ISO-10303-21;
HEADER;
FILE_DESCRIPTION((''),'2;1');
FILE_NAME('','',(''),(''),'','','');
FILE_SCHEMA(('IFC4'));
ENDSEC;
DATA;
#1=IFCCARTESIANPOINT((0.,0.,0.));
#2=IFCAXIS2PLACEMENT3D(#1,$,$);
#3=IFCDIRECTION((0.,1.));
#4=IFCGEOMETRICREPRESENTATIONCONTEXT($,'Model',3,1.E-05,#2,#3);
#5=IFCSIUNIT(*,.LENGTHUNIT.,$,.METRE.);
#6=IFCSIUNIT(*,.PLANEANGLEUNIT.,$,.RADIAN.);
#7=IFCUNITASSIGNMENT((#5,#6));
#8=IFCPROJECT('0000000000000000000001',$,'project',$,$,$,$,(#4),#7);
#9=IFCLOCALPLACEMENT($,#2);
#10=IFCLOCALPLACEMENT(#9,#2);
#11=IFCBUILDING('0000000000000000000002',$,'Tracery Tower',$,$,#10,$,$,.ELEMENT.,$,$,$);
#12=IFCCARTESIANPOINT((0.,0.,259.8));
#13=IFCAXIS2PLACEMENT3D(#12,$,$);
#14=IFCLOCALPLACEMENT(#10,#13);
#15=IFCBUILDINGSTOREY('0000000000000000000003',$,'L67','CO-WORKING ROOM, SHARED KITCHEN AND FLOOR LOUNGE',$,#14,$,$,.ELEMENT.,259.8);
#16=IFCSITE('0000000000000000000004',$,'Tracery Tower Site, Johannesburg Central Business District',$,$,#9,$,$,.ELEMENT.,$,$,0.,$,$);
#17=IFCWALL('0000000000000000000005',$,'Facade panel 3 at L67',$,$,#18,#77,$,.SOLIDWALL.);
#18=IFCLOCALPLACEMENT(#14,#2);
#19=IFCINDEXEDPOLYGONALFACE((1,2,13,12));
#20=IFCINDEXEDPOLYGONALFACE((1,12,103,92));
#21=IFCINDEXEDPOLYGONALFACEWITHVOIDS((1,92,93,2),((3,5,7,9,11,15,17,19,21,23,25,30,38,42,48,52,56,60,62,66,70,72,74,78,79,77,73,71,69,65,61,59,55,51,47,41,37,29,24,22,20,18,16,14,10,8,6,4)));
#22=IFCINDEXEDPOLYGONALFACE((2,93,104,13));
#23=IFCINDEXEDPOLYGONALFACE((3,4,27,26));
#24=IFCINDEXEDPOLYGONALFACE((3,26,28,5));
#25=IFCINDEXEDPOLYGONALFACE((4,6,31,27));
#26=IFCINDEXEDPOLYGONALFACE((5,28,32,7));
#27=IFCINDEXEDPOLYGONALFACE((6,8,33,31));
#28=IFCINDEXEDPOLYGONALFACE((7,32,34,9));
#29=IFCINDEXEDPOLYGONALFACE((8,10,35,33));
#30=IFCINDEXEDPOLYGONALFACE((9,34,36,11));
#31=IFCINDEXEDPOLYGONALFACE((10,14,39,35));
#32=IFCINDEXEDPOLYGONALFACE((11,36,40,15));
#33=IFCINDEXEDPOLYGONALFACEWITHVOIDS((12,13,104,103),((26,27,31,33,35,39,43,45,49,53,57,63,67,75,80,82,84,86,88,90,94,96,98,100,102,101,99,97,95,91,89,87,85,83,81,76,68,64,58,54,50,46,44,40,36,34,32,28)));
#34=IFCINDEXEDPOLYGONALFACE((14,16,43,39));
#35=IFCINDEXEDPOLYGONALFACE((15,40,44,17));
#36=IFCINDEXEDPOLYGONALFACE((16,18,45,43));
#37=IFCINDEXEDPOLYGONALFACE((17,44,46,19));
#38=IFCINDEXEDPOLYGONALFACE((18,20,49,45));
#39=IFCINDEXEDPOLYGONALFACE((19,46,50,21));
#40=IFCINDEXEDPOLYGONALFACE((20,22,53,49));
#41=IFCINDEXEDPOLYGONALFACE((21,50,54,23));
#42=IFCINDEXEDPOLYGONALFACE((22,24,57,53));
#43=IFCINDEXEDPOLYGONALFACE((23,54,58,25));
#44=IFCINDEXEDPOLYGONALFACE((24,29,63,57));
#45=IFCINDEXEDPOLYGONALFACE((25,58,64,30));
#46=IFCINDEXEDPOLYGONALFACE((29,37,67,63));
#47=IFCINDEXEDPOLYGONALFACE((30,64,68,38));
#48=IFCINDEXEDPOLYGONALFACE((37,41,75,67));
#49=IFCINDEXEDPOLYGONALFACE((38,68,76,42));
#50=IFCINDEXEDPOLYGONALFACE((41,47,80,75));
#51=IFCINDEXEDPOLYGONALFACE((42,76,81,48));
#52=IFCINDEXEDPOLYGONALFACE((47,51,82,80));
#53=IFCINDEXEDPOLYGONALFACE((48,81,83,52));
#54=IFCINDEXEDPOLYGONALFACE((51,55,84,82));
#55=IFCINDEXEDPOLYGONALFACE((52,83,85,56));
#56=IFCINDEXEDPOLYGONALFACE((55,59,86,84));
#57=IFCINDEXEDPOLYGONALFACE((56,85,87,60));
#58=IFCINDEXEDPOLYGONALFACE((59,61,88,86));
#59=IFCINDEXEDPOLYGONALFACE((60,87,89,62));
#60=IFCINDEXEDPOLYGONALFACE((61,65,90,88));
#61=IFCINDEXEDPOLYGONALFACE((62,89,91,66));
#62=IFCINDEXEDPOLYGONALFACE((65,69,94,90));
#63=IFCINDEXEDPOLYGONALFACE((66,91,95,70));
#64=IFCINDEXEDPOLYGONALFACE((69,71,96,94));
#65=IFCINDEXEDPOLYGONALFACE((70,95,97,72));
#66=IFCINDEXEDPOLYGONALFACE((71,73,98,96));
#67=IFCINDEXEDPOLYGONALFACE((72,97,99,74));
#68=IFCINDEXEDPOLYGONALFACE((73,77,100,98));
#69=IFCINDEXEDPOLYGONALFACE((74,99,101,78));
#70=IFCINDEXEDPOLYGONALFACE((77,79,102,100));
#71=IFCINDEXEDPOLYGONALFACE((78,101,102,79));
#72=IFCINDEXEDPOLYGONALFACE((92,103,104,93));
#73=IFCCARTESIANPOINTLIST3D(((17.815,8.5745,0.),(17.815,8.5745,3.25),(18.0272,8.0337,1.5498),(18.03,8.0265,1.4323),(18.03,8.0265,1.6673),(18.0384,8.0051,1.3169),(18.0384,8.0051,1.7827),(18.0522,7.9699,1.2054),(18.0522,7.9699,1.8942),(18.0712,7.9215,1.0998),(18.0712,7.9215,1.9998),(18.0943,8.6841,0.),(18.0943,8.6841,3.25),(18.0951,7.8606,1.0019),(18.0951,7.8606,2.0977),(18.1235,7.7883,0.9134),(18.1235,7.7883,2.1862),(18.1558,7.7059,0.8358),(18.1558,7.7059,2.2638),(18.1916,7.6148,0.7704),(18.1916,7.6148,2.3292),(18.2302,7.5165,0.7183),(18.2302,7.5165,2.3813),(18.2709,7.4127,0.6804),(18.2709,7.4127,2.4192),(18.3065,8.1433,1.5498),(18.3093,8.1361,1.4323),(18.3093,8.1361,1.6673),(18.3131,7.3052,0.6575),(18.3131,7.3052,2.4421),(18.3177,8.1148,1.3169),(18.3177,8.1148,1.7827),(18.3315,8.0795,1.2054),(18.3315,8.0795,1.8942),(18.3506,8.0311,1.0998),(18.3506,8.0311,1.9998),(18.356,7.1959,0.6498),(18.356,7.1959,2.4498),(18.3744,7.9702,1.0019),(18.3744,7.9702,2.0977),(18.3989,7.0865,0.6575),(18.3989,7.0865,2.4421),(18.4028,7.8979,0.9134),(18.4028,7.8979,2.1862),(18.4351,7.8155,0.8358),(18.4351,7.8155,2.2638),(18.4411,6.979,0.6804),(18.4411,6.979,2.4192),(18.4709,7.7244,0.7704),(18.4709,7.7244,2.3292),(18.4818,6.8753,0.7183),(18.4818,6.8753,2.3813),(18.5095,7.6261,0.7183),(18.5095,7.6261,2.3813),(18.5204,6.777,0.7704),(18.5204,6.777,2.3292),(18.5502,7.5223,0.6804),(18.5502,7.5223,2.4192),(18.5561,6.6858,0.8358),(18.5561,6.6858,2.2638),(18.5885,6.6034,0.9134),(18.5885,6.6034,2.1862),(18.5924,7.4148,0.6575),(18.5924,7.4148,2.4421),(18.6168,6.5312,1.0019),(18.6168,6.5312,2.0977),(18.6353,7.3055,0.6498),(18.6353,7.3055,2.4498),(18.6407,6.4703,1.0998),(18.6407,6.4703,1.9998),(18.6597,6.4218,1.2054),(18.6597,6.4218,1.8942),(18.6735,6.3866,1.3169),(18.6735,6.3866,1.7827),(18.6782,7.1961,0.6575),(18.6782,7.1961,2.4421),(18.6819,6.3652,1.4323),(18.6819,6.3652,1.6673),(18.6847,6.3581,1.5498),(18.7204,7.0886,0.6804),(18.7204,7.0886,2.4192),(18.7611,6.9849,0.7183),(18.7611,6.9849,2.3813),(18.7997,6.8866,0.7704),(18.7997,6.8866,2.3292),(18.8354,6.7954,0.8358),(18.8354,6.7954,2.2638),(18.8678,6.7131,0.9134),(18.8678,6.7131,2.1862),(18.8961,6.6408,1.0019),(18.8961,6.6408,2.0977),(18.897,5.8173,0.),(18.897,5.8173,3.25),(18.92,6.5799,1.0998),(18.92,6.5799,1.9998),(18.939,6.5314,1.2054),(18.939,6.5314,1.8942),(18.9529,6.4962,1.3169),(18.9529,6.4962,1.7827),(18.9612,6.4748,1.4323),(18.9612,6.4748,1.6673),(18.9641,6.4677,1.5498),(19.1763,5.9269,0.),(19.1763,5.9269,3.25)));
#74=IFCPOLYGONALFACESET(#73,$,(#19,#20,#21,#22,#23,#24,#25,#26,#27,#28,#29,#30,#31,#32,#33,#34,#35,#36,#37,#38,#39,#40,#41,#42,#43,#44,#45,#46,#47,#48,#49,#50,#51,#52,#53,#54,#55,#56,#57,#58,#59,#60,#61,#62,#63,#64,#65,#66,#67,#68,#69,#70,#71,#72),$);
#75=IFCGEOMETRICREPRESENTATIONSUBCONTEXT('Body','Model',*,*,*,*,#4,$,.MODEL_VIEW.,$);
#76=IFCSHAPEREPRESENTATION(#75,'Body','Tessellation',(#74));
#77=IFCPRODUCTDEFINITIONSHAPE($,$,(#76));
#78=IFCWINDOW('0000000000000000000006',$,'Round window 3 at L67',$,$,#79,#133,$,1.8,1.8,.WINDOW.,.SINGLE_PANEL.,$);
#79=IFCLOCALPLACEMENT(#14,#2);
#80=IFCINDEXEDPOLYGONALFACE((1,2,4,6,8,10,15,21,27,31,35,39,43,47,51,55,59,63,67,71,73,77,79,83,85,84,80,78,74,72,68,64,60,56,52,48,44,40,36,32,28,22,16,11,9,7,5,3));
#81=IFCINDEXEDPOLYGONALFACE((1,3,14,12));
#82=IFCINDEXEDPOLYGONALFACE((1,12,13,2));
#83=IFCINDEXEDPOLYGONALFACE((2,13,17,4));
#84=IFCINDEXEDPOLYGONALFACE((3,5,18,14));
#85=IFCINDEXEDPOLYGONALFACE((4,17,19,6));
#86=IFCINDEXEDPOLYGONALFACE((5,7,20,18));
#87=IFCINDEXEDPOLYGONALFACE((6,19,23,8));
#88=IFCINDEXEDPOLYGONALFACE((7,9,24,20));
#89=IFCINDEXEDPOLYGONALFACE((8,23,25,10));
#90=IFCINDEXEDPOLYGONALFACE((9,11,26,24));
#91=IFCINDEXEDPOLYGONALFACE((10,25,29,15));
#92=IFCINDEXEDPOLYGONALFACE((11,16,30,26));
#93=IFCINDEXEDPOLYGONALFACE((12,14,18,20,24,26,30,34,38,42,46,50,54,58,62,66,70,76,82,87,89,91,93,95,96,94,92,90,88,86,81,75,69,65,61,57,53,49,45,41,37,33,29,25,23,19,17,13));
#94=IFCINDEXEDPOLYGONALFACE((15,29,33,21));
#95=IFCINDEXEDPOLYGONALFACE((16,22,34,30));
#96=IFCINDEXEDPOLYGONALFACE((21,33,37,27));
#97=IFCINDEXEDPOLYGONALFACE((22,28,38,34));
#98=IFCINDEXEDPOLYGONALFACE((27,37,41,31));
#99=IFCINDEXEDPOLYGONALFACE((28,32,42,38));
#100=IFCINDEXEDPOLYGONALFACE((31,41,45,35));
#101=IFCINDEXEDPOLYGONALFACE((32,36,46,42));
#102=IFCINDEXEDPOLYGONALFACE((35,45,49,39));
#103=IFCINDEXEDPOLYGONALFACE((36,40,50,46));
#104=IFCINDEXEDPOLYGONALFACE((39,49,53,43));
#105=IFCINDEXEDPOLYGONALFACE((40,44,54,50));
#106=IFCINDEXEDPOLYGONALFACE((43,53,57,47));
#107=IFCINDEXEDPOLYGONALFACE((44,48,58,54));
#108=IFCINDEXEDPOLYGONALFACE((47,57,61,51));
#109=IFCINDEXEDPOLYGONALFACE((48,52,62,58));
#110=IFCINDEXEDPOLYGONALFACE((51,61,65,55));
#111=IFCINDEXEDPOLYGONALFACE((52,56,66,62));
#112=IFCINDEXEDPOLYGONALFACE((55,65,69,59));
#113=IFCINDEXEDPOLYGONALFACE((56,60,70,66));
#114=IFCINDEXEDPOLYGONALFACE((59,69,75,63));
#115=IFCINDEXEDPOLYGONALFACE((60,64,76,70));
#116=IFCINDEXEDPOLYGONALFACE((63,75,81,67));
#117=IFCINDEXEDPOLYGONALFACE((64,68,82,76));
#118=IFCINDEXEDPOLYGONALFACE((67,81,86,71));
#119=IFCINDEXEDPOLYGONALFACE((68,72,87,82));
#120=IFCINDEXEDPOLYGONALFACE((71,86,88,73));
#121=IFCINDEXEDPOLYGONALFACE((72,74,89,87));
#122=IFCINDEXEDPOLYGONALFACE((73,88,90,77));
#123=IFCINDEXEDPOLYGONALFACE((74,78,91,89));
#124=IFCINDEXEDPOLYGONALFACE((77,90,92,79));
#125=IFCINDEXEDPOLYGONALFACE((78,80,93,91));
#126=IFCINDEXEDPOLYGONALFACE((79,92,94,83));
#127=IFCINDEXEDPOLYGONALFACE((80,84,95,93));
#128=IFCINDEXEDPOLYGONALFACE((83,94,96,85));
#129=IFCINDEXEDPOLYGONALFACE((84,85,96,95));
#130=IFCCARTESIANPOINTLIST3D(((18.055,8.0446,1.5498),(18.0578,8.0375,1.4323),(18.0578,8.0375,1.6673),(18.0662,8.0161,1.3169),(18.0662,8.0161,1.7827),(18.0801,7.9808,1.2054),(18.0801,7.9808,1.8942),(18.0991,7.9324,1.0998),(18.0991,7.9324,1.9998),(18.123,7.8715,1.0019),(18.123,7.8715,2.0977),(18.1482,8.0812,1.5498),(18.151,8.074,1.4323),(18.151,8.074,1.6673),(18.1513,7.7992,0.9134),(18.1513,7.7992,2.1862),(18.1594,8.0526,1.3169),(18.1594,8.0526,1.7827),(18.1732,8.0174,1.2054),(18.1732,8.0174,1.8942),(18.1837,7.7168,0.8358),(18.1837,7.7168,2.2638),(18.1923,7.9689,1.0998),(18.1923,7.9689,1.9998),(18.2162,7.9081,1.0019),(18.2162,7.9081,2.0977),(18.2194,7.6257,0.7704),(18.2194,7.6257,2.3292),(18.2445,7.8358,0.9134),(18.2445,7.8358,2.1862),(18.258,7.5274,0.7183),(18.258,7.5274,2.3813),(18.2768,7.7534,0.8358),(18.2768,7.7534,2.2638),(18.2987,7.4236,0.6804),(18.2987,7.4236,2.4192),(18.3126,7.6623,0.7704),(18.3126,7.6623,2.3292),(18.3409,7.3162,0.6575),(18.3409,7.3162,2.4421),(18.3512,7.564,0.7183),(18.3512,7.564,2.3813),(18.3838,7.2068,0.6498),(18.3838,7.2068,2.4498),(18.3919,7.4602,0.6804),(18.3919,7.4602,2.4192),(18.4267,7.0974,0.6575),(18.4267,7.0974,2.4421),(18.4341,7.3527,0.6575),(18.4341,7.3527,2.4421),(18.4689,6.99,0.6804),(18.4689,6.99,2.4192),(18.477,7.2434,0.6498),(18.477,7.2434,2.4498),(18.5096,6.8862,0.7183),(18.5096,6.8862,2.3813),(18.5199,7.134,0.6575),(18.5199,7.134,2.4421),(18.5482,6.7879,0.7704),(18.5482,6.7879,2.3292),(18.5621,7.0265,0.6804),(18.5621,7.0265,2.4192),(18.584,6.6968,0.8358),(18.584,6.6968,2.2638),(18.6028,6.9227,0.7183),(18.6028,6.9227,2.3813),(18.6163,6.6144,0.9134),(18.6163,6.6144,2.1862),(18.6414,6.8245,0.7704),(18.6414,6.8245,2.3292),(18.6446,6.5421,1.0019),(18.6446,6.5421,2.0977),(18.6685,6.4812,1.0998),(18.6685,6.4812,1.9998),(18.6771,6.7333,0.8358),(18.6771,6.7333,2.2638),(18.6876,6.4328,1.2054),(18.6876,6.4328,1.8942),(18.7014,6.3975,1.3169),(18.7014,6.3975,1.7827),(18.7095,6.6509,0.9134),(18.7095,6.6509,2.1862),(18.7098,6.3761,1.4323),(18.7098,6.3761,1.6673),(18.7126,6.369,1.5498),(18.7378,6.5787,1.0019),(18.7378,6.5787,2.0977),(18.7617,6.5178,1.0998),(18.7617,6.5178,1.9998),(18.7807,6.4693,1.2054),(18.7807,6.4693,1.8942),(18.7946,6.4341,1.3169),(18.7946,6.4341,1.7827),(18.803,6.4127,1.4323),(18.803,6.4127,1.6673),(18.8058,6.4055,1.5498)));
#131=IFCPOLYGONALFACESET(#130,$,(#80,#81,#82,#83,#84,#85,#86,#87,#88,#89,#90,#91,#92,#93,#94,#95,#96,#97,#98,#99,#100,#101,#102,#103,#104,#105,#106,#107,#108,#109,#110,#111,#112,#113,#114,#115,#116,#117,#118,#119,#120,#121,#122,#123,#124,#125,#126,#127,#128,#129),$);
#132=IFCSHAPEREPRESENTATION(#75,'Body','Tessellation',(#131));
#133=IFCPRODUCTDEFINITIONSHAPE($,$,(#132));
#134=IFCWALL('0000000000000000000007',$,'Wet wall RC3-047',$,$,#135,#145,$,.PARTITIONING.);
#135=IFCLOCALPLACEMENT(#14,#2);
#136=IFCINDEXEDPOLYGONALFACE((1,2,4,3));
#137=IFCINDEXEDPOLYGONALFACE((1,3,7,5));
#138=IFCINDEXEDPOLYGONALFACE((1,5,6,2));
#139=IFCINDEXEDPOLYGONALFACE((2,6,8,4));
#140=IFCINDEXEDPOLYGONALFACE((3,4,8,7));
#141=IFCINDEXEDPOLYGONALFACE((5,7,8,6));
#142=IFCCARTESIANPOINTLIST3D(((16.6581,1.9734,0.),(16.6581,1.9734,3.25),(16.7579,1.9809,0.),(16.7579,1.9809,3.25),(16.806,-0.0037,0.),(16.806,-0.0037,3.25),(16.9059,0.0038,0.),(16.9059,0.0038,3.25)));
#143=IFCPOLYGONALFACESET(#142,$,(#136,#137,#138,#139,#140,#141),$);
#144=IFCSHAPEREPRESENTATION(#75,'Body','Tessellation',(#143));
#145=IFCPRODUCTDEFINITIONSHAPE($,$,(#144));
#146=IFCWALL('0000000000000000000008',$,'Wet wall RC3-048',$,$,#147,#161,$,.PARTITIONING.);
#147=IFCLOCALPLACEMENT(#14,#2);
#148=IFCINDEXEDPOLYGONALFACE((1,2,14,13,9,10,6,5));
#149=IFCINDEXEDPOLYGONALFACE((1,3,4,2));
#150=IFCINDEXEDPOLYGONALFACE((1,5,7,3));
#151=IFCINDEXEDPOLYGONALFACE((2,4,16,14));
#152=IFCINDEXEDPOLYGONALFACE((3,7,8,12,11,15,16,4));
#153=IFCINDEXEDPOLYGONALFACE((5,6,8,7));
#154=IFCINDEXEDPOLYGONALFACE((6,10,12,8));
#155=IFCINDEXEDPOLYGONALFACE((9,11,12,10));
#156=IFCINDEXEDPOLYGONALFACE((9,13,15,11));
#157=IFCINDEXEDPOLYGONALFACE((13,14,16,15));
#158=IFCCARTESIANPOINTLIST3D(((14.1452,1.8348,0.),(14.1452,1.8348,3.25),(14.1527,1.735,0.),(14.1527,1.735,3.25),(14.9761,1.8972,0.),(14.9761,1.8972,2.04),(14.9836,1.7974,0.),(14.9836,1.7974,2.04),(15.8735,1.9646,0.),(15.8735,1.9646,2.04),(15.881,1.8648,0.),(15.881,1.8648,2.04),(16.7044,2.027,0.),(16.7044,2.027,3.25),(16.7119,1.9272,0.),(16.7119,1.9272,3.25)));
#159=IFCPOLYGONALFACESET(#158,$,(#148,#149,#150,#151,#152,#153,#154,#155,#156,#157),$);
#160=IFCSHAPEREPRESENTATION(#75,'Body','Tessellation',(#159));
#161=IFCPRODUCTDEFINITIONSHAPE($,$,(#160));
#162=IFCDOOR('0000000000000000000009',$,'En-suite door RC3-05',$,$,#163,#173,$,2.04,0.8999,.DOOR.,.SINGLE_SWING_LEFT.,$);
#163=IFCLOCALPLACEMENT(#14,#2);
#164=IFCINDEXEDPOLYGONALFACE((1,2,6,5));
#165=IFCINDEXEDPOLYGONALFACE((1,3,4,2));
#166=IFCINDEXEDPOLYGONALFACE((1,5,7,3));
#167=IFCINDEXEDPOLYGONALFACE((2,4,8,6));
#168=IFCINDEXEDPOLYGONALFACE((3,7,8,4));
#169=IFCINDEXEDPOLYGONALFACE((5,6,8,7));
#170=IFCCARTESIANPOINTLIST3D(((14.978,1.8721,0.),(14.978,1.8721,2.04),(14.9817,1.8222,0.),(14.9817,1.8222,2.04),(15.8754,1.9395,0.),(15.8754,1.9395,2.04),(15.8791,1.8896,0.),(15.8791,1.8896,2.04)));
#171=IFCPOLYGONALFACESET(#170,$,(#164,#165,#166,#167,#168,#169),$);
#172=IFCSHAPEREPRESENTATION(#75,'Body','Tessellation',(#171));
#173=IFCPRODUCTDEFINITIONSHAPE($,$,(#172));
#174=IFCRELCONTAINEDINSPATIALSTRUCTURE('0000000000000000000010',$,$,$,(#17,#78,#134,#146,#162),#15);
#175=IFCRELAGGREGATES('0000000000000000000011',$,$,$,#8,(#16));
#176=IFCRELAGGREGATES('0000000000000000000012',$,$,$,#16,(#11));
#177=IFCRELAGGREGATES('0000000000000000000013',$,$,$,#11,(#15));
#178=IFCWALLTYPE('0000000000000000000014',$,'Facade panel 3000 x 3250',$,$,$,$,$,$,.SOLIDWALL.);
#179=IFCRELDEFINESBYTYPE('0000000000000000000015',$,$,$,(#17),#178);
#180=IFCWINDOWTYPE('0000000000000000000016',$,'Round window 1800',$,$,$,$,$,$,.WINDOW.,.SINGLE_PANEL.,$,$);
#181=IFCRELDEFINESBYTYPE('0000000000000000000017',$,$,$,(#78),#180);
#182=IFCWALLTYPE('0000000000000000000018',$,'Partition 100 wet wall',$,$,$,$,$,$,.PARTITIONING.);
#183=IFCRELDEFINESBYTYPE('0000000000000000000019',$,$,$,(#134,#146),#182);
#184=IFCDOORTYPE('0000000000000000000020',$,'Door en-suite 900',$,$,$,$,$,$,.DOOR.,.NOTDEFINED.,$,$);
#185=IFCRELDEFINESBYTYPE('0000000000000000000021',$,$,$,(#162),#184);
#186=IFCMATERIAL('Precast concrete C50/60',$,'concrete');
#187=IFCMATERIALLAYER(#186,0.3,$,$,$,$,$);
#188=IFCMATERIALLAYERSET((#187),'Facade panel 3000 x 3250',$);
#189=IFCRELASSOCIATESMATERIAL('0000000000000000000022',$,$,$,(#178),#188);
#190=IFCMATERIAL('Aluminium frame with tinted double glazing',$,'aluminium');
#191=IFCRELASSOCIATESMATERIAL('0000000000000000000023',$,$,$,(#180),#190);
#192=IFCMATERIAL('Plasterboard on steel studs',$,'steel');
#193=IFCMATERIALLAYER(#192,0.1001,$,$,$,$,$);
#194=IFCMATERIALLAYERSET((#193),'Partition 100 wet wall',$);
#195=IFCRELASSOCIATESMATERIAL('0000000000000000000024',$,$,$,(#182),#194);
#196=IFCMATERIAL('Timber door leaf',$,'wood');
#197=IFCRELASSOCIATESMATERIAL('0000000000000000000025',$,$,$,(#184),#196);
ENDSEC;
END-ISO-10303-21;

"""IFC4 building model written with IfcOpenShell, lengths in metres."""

from ifc_helpers import new_model, si_unit, direction, frame, frame_2d, origin, origin_2d, place, context, subcontext, project, spatial, rectangle, circle, extrude, material, layer, layer_set, type_object, element, fill, save


model = new_model("IFC4")

# Units and contexts
model_context = context("Model", 3, precision=1e-05, world=origin(), true_north=direction((0.0, 1.0)))
body_context = subcontext(model_context, "Body", "Model", "MODEL_VIEW")
ifc_project = project(units=[si_unit("LENGTHUNIT", "METRE"), si_unit("PLANEANGLEUNIT", "RADIAN")], contexts=[model_context])

# Site, building, storey
site_placement = place(None, origin())
site = spatial("IfcSite", under=ifc_project, at=site_placement, Name="Tracery Tower Site, Johannesburg Central Business District", CompositionType="ELEMENT", RefElevation=0.0)
building_placement = place(site_placement, origin())
building = spatial("IfcBuilding", under=site, at=building_placement, Name="Tracery Tower", CompositionType="ELEMENT")
storey_placement = place(building_placement, frame((0.0, 0.0, 259.8)))
storey = spatial("IfcBuildingStorey", under=building, at=storey_placement, Name="L67", Description="CO-WORKING ROOM, SHARED KITCHEN AND FLOOR LOUNGE", CompositionType="ELEMENT", Elevation=259.8)

# Wall, opening, window
ifc_material_1 = material(Name="Precast concrete C50/60", Category="concrete")
ifc_layer_1 = layer(ifc_material_1, 0.3)
ifc_layer_set_1 = layer_set([ifc_layer_1], Name="Facade panel 3000 x 3250")
wall_type_1 = type_object("IfcWallType", Name="Facade panel 3000 x 3250", PredefinedType="SOLIDWALL", material=ifc_layer_set_1)
ifc_material_2 = material(Name="Aluminium frame with tinted double glazing", Category="aluminium")
window_type = type_object("IfcWindowType", Name="Round window 1800", PartitioningType="SINGLE_PANEL", PredefinedType="WINDOW", material=ifc_material_2)
wall_1_placement = place(storey_placement, frame((19.0366, 5.8721, 0.0), z_axis=(0.0, 0.0, 1.0), x_axis=(-0.3653, 0.93089, 0.0)))
wall_1 = element("IfcWall", 1, at=wall_1_placement, inside=storey, type_object=wall_type_1, Name="Facade panel 3 at L67", PredefinedType="SOLIDWALL", context=body_context, shape_type="SweptSolid", body=[
    extrude(rectangle(XDim=2.9619, YDim=0.3, at=frame_2d((1.481, 0.0))), origin(), (0.0, 0.0, 1.0), 3.25),
])
opening_1_placement = place(wall_1_placement, frame((1.481, 0.0, 1.5498)))
opening_1 = element("IfcOpeningElement", 2, at=opening_1_placement, cuts=wall_1, PredefinedType="OPENING", context=body_context, shape_type="SweptSolid", body=[
    extrude(circle(Radius=0.9, at=origin_2d()), frame((0.0, 0.1599, 0.0), z_axis=(0.0, -1.0, 0.0), x_axis=(1.0, 0.0, 0.0)), (0.0, 0.0, 1.0), 0.3201),
])
window_1_placement = place(opening_1_placement, origin())
window_1 = element("IfcWindow", 3, at=window_1_placement, inside=storey, type_object=window_type, Name="Round window 3 at L67", OverallHeight=1.8, OverallWidth=1.8, PartitioningType="SINGLE_PANEL", PredefinedType="WINDOW", context=body_context, shape_type="SweptSolid", body=[
    extrude(circle(Radius=0.9, at=origin_2d()), frame((0.0, 0.1201, 0.0), z_axis=(0.0, -1.0, 0.0), x_axis=(1.0, 0.0, 0.0)), (0.0, 0.0, 1.0), 0.1001),
])
fill(opening_1, window_1)

# Wall
ifc_material_3 = material(Name="Plasterboard on steel studs", Category="steel")
ifc_layer_2 = layer(ifc_material_3, 0.1001)
ifc_layer_set_2 = layer_set([ifc_layer_2], Name="Partition 100 wet wall")
wall_type_2 = type_object("IfcWallType", Name="Partition 100 wet wall", PredefinedType="PARTITIONING", material=ifc_layer_set_2)
wall_2_placement = place(storey_placement, frame((16.708, 1.9771, 0.0), z_axis=(0.0, 0.0, 1.0), x_axis=(0.074625, -0.997212, 0.0)))
element("IfcWall", 4, at=wall_2_placement, inside=storey, type_object=wall_type_2, Name="Wet wall RC3-047", PredefinedType="PARTITIONING", context=body_context, shape_type="SweptSolid", body=[
    extrude(rectangle(XDim=1.9827, YDim=0.1001, at=frame_2d((0.9912, 0.0))), origin(), (0.0, 0.0, 1.0), 3.25),
])

# Wall, opening, door
wall_3_placement = place(storey_placement, frame((14.1489, 1.7849, 0.0), z_axis=(0.0, 0.0, 1.0), x_axis=(0.997193, 0.07487, 0.0)))
wall_3 = element("IfcWall", 5, at=wall_3_placement, inside=storey, type_object=wall_type_2, Name="Wet wall RC3-048", PredefinedType="PARTITIONING", context=body_context, shape_type="SweptSolid", body=[
    extrude(rectangle(XDim=2.5664, YDim=0.1001, at=frame_2d((1.2832, 0.0))), origin(), (0.0, 0.0, 1.0), 3.25),
])
opening_2_placement = place(wall_3_placement, frame((0.8333, 0.0, 0.0)))
opening_2 = element("IfcOpeningElement", 6, at=opening_2_placement, cuts=wall_3, PredefinedType="OPENING", context=body_context, shape_type="SweptSolid", body=[
    extrude(rectangle(XDim=0.8999, YDim=2.04, at=frame_2d((0.45, 1.02))), frame((0.0, 0.05, 0.0), z_axis=(0.0, -1.0, 0.0), x_axis=(1.0, 0.0, 0.0)), (0.0, 0.0, 1.0), 0.1001),
])
ifc_material_4 = material(Name="Timber door leaf", Category="wood")
door_type_1 = type_object("IfcDoorType", Name="Door en-suite 900", OperationType="NOTDEFINED", PredefinedType="DOOR", material=ifc_material_4)
door_1_placement = place(opening_2_placement, origin())
door_1 = element("IfcDoor", 7, at=door_1_placement, inside=storey, type_object=door_type_1, Name="En-suite door RC3-05", OperationType="SINGLE_SWING_LEFT", OverallHeight=2.04, OverallWidth=0.8999, PredefinedType="DOOR", context=body_context, shape_type="SweptSolid", body=[
    extrude(rectangle(XDim=0.8999, YDim=2.04, at=frame_2d((0.45, 1.02))), frame((0.0, 0.0249, 0.0), z_axis=(0.0, -1.0, 0.0), x_axis=(1.0, 0.0, 0.0)), (0.0, 0.0, 1.0), 0.05),
])
fill(opening_2, door_1)

save(model, "model.ifc")
